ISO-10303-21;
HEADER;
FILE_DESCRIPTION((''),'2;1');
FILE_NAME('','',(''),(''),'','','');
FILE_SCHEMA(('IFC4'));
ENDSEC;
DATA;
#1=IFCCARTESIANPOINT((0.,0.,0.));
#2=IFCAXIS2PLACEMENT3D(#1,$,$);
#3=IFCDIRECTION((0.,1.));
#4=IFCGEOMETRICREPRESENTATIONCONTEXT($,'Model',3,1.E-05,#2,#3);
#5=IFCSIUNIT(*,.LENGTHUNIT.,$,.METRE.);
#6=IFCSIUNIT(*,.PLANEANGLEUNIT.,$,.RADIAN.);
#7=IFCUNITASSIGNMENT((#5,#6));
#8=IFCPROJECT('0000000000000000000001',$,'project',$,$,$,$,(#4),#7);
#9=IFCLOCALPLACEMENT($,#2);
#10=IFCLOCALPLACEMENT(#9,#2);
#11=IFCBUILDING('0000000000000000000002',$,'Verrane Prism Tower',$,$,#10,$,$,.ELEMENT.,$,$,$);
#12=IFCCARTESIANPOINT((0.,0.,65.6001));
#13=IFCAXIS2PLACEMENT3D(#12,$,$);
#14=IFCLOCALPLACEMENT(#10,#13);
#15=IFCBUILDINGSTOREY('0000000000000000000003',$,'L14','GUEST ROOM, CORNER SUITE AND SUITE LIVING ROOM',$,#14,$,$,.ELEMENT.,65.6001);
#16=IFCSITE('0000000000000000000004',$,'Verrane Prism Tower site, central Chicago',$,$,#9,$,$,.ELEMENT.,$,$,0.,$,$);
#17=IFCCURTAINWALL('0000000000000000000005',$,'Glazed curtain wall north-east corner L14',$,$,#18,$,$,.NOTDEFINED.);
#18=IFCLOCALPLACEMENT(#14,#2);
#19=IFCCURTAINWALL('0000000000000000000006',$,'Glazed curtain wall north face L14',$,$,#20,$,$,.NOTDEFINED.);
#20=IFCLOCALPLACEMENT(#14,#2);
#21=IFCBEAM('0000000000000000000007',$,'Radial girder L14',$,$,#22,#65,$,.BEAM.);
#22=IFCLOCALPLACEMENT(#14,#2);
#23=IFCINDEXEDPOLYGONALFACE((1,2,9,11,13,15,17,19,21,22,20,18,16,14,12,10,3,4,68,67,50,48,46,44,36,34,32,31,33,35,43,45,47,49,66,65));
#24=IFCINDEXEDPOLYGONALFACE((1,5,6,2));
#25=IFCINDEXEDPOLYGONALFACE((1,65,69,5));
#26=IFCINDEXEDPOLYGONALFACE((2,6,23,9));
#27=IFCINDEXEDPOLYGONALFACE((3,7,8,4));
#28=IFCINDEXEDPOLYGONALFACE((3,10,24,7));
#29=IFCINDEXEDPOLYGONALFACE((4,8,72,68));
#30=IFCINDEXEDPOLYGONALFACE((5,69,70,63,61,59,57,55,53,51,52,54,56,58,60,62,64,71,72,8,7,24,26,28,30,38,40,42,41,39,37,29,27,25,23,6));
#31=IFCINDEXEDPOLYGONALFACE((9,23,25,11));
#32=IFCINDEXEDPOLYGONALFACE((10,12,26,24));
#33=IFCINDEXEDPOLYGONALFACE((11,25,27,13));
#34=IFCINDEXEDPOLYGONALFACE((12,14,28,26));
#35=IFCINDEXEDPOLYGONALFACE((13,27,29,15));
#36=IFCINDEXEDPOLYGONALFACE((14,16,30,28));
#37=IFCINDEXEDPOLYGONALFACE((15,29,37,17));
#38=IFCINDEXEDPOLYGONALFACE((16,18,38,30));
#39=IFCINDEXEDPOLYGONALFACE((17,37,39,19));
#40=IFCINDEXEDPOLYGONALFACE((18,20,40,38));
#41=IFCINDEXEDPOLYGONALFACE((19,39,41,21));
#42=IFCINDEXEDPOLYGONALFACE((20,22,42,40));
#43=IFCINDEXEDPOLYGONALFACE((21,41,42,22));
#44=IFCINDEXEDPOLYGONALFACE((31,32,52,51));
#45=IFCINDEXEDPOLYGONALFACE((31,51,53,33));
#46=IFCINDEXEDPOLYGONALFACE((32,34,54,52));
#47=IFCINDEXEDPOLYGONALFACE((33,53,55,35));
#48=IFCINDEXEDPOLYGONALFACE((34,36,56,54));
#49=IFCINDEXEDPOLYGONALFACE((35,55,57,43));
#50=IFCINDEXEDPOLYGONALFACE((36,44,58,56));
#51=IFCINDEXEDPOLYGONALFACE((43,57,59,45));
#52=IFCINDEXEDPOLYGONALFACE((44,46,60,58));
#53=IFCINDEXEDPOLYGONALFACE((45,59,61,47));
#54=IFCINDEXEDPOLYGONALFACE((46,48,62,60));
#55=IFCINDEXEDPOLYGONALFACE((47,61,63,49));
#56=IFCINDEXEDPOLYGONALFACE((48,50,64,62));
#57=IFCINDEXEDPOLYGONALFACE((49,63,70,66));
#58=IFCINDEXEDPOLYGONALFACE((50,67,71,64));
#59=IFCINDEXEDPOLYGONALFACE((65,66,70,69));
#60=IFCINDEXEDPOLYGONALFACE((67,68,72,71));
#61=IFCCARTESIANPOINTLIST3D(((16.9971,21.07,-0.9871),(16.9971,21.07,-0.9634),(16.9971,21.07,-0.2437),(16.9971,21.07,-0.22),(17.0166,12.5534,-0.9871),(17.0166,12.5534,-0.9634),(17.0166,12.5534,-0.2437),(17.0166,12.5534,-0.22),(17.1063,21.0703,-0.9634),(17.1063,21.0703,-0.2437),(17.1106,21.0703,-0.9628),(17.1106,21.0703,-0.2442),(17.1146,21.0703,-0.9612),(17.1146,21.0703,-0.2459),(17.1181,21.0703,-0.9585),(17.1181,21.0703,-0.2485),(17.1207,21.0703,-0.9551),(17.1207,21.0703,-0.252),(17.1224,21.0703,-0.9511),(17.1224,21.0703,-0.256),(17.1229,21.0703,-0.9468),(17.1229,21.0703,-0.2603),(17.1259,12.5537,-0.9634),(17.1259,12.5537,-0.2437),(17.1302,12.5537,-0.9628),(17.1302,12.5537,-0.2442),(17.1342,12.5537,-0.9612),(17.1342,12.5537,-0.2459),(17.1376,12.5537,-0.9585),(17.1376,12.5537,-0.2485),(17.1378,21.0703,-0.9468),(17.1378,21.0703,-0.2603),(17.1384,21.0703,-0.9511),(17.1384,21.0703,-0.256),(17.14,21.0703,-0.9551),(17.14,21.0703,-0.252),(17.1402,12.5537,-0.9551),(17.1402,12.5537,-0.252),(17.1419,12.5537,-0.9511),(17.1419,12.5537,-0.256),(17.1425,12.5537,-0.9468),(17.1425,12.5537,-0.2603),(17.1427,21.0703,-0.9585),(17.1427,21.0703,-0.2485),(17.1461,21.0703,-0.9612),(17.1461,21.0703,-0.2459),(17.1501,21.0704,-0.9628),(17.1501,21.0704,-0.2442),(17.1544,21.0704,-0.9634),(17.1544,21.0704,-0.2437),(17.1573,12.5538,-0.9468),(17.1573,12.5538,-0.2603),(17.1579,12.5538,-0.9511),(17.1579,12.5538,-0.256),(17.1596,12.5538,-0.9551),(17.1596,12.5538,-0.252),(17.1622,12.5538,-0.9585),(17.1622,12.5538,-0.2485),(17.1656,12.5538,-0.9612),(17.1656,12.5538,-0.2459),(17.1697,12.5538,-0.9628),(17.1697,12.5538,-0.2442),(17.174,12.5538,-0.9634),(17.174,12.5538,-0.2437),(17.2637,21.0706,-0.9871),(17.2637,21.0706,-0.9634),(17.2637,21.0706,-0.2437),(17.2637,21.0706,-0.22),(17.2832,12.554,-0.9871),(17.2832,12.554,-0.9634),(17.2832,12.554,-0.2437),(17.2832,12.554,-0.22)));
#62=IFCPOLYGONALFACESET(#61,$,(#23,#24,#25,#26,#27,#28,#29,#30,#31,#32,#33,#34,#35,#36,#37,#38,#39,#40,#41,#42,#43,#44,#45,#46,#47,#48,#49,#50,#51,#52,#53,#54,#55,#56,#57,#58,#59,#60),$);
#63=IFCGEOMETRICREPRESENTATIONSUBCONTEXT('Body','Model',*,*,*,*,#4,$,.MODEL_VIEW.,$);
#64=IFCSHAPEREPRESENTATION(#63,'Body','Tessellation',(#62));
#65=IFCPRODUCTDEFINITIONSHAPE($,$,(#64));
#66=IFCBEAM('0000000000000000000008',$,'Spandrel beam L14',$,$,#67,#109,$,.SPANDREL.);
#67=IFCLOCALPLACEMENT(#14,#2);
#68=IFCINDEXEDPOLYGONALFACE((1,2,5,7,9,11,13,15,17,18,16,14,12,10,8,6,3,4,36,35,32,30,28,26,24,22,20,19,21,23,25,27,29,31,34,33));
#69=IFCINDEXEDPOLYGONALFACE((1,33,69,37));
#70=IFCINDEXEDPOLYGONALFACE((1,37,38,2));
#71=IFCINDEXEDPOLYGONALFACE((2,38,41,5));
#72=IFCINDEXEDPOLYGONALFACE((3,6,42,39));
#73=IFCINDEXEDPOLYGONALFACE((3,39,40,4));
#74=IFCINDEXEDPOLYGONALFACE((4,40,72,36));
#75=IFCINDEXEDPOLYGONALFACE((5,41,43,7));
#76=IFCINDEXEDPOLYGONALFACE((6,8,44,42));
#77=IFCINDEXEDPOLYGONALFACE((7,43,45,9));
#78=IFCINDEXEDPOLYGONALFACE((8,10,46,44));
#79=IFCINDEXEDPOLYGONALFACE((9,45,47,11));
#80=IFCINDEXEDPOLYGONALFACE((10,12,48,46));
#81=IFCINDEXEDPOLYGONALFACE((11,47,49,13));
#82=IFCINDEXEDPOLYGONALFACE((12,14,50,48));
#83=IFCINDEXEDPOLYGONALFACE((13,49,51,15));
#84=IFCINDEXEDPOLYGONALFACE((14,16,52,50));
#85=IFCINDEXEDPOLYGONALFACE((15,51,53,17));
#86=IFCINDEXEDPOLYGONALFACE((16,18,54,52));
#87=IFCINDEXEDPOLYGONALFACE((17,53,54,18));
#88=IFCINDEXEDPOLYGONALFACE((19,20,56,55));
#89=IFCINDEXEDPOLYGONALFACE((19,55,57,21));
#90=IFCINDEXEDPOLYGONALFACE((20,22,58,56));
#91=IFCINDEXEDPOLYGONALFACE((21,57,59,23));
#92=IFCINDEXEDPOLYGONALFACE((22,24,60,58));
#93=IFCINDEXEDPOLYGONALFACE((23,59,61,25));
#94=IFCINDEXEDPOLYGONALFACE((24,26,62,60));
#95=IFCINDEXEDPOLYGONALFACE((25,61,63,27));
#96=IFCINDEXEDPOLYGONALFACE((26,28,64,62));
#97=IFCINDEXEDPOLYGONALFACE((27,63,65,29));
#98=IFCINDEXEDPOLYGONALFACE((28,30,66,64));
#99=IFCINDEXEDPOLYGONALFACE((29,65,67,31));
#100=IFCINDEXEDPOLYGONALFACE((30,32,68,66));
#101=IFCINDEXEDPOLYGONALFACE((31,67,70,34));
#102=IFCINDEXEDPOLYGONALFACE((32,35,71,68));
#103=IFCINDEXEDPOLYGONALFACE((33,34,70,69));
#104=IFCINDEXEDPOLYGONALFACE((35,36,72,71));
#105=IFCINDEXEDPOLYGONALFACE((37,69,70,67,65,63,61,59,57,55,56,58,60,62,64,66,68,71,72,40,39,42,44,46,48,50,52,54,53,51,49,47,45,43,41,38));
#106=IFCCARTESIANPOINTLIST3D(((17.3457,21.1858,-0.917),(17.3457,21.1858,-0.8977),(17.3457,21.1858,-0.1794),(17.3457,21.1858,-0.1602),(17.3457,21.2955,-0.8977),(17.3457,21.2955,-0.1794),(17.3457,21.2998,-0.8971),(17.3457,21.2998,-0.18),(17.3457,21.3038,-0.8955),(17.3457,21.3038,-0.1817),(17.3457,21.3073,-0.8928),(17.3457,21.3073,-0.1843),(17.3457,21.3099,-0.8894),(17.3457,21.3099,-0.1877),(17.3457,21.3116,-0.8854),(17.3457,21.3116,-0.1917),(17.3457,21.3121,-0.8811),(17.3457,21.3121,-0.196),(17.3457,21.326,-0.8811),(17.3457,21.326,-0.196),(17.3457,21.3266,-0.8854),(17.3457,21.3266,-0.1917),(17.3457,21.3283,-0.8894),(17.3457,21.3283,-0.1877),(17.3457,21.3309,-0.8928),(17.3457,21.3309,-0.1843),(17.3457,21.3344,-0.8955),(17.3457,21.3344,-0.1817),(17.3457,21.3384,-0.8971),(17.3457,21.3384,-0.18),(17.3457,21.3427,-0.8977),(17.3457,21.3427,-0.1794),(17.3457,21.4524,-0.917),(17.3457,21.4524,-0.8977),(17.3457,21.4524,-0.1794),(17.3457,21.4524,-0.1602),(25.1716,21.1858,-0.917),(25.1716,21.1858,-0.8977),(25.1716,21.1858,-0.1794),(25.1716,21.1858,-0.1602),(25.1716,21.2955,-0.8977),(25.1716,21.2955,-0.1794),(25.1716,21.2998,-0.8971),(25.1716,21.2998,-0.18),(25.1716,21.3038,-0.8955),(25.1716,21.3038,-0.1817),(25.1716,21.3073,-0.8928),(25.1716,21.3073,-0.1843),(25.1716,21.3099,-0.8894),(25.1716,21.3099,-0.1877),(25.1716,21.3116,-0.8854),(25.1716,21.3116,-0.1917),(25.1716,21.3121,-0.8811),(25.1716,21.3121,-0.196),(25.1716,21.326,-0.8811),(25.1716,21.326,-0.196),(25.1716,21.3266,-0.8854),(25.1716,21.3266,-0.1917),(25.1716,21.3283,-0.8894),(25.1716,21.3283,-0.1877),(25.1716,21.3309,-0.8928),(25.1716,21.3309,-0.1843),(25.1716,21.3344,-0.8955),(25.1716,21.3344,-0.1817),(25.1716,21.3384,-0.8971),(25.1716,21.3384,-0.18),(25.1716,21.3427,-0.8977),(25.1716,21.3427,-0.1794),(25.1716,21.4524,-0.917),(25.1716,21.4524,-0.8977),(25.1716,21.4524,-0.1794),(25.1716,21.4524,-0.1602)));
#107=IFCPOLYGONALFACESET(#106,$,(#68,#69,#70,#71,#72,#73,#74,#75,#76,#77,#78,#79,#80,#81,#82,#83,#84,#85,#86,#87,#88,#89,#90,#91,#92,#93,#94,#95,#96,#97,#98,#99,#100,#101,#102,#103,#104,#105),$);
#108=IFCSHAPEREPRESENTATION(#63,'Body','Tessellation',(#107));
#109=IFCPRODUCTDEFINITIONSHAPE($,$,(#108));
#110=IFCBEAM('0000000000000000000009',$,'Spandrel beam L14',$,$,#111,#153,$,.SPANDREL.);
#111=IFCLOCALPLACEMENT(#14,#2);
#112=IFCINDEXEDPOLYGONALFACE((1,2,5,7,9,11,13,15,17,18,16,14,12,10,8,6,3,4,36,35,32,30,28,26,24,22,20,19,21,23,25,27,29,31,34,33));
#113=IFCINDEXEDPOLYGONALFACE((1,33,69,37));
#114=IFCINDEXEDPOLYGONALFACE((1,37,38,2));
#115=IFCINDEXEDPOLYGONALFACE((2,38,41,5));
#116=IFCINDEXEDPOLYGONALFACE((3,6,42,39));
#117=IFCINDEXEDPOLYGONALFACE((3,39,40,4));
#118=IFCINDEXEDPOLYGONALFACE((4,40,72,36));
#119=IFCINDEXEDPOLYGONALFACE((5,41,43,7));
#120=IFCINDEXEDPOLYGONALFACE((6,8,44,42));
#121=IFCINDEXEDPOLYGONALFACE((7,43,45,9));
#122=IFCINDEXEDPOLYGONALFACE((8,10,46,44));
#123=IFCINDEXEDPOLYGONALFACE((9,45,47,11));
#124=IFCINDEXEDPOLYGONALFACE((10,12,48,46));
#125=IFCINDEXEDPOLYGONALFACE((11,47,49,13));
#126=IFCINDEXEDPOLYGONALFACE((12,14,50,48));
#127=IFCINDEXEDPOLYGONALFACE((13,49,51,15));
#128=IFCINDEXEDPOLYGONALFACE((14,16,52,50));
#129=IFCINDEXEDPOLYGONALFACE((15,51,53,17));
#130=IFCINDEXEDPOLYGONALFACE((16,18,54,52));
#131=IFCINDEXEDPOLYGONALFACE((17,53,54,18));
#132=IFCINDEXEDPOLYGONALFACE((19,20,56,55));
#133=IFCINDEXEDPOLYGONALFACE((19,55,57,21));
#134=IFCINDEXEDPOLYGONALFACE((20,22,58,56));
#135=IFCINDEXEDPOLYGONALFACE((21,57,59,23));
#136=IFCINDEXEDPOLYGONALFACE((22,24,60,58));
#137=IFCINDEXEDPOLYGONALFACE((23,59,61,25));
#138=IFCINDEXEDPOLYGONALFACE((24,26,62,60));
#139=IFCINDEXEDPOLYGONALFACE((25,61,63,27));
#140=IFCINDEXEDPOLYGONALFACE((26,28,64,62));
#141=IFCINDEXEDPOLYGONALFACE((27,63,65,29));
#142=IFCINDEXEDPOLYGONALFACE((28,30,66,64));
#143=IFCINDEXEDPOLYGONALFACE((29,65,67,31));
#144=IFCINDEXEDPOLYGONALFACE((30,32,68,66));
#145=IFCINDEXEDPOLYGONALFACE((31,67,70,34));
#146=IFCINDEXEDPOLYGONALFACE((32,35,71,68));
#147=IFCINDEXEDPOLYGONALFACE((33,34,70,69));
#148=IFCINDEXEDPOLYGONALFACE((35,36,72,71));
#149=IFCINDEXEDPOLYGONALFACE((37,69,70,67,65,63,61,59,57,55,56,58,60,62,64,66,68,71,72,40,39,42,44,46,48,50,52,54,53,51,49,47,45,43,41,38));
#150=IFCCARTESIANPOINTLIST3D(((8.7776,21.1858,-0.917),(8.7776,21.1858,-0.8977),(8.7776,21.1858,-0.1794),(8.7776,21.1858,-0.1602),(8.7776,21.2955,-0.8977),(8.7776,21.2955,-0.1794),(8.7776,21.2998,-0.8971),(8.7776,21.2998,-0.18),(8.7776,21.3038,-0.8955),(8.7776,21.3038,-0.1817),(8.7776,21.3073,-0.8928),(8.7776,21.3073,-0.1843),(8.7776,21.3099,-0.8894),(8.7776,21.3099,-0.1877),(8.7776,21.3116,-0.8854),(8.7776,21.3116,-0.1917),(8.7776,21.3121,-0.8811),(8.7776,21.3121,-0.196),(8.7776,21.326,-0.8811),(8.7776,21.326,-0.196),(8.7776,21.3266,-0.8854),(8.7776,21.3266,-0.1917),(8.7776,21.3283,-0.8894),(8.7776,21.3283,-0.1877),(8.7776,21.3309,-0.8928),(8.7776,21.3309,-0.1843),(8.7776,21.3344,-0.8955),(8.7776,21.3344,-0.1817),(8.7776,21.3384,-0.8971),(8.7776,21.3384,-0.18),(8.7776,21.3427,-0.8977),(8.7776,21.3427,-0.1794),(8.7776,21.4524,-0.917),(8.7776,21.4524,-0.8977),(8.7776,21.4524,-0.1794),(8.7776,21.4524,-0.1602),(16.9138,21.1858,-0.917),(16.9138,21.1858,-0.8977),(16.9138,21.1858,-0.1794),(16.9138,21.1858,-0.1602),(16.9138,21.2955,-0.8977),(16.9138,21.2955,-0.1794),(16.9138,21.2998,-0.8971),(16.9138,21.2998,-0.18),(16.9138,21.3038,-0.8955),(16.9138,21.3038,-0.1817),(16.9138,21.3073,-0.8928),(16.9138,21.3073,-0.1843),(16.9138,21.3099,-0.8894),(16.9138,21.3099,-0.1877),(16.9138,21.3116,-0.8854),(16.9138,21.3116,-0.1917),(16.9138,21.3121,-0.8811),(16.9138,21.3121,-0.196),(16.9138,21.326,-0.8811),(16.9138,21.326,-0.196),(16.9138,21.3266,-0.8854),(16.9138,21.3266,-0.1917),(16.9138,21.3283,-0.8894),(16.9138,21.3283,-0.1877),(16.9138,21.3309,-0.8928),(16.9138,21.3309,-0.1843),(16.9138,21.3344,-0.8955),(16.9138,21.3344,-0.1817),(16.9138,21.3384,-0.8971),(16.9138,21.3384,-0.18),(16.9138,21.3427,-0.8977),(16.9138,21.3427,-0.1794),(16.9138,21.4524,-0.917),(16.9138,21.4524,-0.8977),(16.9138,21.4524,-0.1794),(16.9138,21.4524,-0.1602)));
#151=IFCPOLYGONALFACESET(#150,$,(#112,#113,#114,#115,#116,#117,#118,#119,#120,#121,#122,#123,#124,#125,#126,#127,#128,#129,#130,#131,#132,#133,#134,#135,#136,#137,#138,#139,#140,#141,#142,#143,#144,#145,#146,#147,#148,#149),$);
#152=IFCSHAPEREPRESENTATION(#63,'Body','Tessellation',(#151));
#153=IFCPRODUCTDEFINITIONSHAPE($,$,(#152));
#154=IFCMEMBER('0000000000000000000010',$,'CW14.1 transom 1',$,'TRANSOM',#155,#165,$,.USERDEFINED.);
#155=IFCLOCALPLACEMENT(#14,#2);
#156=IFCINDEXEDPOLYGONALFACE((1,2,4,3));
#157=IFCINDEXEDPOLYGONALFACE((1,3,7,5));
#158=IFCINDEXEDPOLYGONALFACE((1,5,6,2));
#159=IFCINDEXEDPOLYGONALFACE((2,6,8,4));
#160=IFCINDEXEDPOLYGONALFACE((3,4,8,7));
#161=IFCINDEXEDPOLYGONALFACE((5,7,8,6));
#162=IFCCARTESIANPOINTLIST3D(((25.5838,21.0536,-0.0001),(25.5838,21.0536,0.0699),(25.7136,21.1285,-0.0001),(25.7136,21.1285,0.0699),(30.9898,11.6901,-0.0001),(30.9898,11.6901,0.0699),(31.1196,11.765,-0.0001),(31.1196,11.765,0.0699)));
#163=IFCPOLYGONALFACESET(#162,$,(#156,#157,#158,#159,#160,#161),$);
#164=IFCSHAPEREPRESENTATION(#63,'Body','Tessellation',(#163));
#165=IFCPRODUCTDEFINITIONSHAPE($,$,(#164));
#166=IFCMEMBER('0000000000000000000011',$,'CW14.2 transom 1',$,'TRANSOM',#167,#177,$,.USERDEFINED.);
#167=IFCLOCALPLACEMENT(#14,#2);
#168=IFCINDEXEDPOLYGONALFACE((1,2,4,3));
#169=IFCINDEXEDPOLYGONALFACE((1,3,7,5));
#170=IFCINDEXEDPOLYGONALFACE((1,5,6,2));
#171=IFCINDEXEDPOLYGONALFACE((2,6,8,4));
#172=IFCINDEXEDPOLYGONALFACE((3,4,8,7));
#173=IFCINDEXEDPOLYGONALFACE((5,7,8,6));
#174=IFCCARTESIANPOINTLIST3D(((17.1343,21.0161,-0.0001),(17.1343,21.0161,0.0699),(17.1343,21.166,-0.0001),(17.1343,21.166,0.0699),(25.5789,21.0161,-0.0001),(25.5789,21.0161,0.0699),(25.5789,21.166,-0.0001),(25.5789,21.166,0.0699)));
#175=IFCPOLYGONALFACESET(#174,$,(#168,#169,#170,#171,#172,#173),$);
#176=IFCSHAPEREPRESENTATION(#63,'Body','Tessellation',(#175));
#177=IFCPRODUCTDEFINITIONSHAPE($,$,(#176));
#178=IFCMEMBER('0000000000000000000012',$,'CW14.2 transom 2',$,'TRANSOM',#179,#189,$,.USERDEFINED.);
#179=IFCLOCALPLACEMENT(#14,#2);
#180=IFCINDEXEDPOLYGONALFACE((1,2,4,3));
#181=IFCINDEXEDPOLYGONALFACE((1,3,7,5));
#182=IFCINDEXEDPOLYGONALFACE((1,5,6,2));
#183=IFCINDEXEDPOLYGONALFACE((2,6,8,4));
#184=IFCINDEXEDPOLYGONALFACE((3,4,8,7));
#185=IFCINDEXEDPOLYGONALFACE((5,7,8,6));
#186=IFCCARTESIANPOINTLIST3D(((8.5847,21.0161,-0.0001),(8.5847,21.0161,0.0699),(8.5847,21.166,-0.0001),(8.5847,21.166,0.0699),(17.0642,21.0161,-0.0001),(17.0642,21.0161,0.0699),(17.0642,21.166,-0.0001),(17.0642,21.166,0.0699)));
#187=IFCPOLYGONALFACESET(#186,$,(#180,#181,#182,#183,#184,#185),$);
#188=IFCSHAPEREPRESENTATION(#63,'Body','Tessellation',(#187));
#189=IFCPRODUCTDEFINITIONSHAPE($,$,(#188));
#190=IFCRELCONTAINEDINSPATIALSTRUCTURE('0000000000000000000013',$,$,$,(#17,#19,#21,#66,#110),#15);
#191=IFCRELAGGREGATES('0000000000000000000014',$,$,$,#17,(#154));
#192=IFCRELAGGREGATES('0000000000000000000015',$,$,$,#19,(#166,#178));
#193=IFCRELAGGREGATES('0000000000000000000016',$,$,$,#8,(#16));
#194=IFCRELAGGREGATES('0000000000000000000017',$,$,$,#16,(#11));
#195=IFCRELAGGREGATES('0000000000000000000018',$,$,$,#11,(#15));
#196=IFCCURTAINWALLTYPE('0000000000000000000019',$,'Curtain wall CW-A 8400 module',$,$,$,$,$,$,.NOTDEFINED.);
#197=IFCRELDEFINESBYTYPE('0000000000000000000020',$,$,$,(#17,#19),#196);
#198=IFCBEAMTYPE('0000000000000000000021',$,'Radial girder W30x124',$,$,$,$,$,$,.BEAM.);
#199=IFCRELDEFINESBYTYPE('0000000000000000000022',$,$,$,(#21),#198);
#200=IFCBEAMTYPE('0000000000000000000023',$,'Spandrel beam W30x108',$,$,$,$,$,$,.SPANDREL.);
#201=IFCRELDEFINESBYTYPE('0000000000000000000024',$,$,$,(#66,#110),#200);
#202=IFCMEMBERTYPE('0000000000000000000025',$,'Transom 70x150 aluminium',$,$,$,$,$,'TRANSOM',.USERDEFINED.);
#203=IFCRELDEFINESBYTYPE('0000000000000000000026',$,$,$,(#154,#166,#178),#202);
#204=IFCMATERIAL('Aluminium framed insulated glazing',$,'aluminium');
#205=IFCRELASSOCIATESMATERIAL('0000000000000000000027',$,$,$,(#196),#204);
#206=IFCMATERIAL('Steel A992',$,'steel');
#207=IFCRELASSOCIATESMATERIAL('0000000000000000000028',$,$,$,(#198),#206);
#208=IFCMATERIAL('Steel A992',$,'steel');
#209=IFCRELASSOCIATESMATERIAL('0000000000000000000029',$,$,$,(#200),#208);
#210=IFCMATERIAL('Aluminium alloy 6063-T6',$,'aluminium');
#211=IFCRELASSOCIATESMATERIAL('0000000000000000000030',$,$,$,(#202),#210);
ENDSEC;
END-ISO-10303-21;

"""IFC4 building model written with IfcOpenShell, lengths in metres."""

from ifc_helpers import new_model, si_unit, direction, frame, origin, origin_2d, place, context, subcontext, project, spatial, rectangle, i_section, extrude, material, material_profile, profile_set, type_object, element, aggregate, save


model = new_model("IFC4")

# Units and contexts
model_context = context("Model", 3, precision=1e-05, world=origin(), true_north=direction((0.0, 1.0)))
body_context = subcontext(model_context, "Body", "Model", "MODEL_VIEW")
ifc_project = project(units=[si_unit("LENGTHUNIT", "METRE"), si_unit("PLANEANGLEUNIT", "RADIAN")], contexts=[model_context])

# Site, building, storey
site_placement = place(None, origin())
site = spatial("IfcSite", under=ifc_project, at=site_placement, Name="Verrane Prism Tower site, central Chicago", CompositionType="ELEMENT", RefElevation=0.0)
building_placement = place(site_placement, origin())
building = spatial("IfcBuilding", under=site, at=building_placement, Name="Verrane Prism Tower", CompositionType="ELEMENT")
storey_placement = place(building_placement, frame((0.0, 0.0, 65.6001)))
storey = spatial("IfcBuildingStorey", under=building, at=storey_placement, Name="L14", Description="GUEST ROOM, CORNER SUITE AND SUITE LIVING ROOM", CompositionType="ELEMENT", Elevation=65.6001)

# Curtain wall
ifc_material_1 = material(Name="Aluminium framed insulated glazing", Category="aluminium")
curtain_wall_type = type_object("IfcCurtainWallType", Name="Curtain wall CW-A 8400 module", PredefinedType="NOTDEFINED", material=ifc_material_1)
curtain_wall_1_placement = place(storey_placement, origin())
curtain_wall_1 = element("IfcCurtainWall", 1, at=curtain_wall_1_placement, inside=storey, type_object=curtain_wall_type, Name="Glazed curtain wall north-east corner L14", PredefinedType="NOTDEFINED")

# Curtain wall
curtain_wall_2_placement = place(storey_placement, origin())
curtain_wall_2 = element("IfcCurtainWall", 2, at=curtain_wall_2_placement, inside=storey, type_object=curtain_wall_type, Name="Glazed curtain wall north face L14", PredefinedType="NOTDEFINED")

# Beams
ifc_material_2 = material(Name="Steel A992", Category="steel")
ifc_material_profile_1 = material_profile(ifc_material_2, i_section(OverallWidth=0.2666, OverallDepth=0.7671, WebThickness=0.0149, FlangeThickness=0.0237, FilletRadius=0.0166, at=origin_2d()), Name="W30x124")
ifc_profile_set_1 = profile_set([ifc_material_profile_1], Name="Steel A992")
beam_type_1 = type_object("IfcBeamType", Name="Radial girder W30x124", PredefinedType="BEAM", material=ifc_profile_set_1)
beam_1_placement = place(storey_placement, frame((17.1304, 21.0703, -0.6035), z_axis=(0.002293, -0.999997, 0.0), x_axis=(0.999997, 0.002293, 0.0)))
element("IfcBeam", 3, at=beam_1_placement, inside=storey, type_object=beam_type_1, Name="Radial girder L14", PredefinedType="BEAM", context=body_context, shape_type="SweptSolid", body=[
    extrude(i_section(OverallWidth=0.2666, OverallDepth=0.7671, WebThickness=0.0149, FlangeThickness=0.0237, FilletRadius=0.0166, at=origin_2d()), origin(), (0.0, 0.0, 1.0), 8.5166),
])
ifc_material_3 = material(Name="Steel A992", Category="steel")
ifc_material_profile_2 = material_profile(ifc_material_3, i_section(OverallWidth=0.2666, OverallDepth=0.7568, WebThickness=0.0139, FlangeThickness=0.0193, FilletRadius=0.0166, at=origin_2d()), Name="W30x108")
ifc_profile_set_2 = profile_set([ifc_material_profile_2], Name="Steel A992")
beam_type_2 = type_object("IfcBeamType", Name="Spandrel beam W30x108", PredefinedType="SPANDREL", material=ifc_profile_set_2)
beam_2_placement = place(storey_placement, frame((25.1716, 21.3191, -0.5386), z_axis=(-1.0, 0.0, 0.0), x_axis=(0.0, -1.0, 0.0)))
element("IfcBeam", 4, at=beam_2_placement, inside=storey, type_object=beam_type_2, Name="Spandrel beam L14", PredefinedType="SPANDREL", context=body_context, shape_type="SweptSolid", body=[
    extrude(i_section(OverallWidth=0.2666, OverallDepth=0.7568, WebThickness=0.0139, FlangeThickness=0.0193, FilletRadius=0.0166, at=origin_2d()), origin(), (0.0, 0.0, 1.0), 7.8259),
])
beam_3_placement = place(storey_placement, frame((16.9138, 21.3191, -0.5386), z_axis=(-1.0, 0.0, 0.0), x_axis=(0.0, -1.0, 0.0)))
element("IfcBeam", 5, at=beam_3_placement, inside=storey, type_object=beam_type_2, Name="Spandrel beam L14", PredefinedType="SPANDREL", context=body_context, shape_type="SweptSolid", body=[
    extrude(i_section(OverallWidth=0.2666, OverallDepth=0.7568, WebThickness=0.0139, FlangeThickness=0.0193, FilletRadius=0.0166, at=origin_2d()), origin(), (0.0, 0.0, 1.0), 8.1362),
])

# Members
ifc_material_4 = material(Name="Aluminium alloy 6063-T6", Category="aluminium")
ifc_material_profile_3 = material_profile(ifc_material_4, rectangle(XDim=0.1499, YDim=0.0701, at=origin_2d()), Name="Transom 70x150 aluminium")
ifc_profile_set_3 = profile_set([ifc_material_profile_3], Name="Aluminium alloy 6063-T6")
member_type_1 = type_object("IfcMemberType", Name="Transom 70x150 aluminium", ElementType="TRANSOM", PredefinedType="USERDEFINED", material=ifc_profile_set_3)
member_1_placement = place(storey_placement, frame((31.0547, 11.7275, 0.0349), z_axis=(-0.499998, 0.866027, 0.0), x_axis=(-0.866027, -0.499998, 0.0)))
member_1 = element("IfcMember", 6, at=member_1_placement, type_object=member_type_1, Name="CW14.1 transom 1", ObjectType="TRANSOM", PredefinedType="USERDEFINED", context=body_context, shape_type="SweptSolid", body=[
    extrude(rectangle(XDim=0.1499, YDim=0.0701, at=origin_2d()), origin(), (0.0, 0.0, 1.0), 10.812),
])
member_2_placement = place(storey_placement, frame((25.5789, 21.0911, 0.0349), z_axis=(-1.0, 0.0, 0.0), x_axis=(0.0, -1.0, 0.0)))
member_2 = element("IfcMember", 7, at=member_2_placement, type_object=member_type_1, Name="CW14.2 transom 1", ObjectType="TRANSOM", PredefinedType="USERDEFINED", context=body_context, shape_type="SweptSolid", body=[
    extrude(rectangle(XDim=0.1499, YDim=0.0701, at=origin_2d()), origin(), (0.0, 0.0, 1.0), 8.4446),
])
member_3_placement = place(storey_placement, frame((17.0642, 21.0911, 0.0349), z_axis=(-1.0, 0.0, 0.0), x_axis=(0.0, -1.0, 0.0)))
member_3 = element("IfcMember", 8, at=member_3_placement, type_object=member_type_1, Name="CW14.2 transom 2", ObjectType="TRANSOM", PredefinedType="USERDEFINED", context=body_context, shape_type="SweptSolid", body=[
    extrude(rectangle(XDim=0.1499, YDim=0.0701, at=origin_2d()), origin(), (0.0, 0.0, 1.0), 8.4795),
])

aggregate(curtain_wall_1, [member_1])
aggregate(curtain_wall_2, [member_2, member_3])

save(model, "model.ifc")
